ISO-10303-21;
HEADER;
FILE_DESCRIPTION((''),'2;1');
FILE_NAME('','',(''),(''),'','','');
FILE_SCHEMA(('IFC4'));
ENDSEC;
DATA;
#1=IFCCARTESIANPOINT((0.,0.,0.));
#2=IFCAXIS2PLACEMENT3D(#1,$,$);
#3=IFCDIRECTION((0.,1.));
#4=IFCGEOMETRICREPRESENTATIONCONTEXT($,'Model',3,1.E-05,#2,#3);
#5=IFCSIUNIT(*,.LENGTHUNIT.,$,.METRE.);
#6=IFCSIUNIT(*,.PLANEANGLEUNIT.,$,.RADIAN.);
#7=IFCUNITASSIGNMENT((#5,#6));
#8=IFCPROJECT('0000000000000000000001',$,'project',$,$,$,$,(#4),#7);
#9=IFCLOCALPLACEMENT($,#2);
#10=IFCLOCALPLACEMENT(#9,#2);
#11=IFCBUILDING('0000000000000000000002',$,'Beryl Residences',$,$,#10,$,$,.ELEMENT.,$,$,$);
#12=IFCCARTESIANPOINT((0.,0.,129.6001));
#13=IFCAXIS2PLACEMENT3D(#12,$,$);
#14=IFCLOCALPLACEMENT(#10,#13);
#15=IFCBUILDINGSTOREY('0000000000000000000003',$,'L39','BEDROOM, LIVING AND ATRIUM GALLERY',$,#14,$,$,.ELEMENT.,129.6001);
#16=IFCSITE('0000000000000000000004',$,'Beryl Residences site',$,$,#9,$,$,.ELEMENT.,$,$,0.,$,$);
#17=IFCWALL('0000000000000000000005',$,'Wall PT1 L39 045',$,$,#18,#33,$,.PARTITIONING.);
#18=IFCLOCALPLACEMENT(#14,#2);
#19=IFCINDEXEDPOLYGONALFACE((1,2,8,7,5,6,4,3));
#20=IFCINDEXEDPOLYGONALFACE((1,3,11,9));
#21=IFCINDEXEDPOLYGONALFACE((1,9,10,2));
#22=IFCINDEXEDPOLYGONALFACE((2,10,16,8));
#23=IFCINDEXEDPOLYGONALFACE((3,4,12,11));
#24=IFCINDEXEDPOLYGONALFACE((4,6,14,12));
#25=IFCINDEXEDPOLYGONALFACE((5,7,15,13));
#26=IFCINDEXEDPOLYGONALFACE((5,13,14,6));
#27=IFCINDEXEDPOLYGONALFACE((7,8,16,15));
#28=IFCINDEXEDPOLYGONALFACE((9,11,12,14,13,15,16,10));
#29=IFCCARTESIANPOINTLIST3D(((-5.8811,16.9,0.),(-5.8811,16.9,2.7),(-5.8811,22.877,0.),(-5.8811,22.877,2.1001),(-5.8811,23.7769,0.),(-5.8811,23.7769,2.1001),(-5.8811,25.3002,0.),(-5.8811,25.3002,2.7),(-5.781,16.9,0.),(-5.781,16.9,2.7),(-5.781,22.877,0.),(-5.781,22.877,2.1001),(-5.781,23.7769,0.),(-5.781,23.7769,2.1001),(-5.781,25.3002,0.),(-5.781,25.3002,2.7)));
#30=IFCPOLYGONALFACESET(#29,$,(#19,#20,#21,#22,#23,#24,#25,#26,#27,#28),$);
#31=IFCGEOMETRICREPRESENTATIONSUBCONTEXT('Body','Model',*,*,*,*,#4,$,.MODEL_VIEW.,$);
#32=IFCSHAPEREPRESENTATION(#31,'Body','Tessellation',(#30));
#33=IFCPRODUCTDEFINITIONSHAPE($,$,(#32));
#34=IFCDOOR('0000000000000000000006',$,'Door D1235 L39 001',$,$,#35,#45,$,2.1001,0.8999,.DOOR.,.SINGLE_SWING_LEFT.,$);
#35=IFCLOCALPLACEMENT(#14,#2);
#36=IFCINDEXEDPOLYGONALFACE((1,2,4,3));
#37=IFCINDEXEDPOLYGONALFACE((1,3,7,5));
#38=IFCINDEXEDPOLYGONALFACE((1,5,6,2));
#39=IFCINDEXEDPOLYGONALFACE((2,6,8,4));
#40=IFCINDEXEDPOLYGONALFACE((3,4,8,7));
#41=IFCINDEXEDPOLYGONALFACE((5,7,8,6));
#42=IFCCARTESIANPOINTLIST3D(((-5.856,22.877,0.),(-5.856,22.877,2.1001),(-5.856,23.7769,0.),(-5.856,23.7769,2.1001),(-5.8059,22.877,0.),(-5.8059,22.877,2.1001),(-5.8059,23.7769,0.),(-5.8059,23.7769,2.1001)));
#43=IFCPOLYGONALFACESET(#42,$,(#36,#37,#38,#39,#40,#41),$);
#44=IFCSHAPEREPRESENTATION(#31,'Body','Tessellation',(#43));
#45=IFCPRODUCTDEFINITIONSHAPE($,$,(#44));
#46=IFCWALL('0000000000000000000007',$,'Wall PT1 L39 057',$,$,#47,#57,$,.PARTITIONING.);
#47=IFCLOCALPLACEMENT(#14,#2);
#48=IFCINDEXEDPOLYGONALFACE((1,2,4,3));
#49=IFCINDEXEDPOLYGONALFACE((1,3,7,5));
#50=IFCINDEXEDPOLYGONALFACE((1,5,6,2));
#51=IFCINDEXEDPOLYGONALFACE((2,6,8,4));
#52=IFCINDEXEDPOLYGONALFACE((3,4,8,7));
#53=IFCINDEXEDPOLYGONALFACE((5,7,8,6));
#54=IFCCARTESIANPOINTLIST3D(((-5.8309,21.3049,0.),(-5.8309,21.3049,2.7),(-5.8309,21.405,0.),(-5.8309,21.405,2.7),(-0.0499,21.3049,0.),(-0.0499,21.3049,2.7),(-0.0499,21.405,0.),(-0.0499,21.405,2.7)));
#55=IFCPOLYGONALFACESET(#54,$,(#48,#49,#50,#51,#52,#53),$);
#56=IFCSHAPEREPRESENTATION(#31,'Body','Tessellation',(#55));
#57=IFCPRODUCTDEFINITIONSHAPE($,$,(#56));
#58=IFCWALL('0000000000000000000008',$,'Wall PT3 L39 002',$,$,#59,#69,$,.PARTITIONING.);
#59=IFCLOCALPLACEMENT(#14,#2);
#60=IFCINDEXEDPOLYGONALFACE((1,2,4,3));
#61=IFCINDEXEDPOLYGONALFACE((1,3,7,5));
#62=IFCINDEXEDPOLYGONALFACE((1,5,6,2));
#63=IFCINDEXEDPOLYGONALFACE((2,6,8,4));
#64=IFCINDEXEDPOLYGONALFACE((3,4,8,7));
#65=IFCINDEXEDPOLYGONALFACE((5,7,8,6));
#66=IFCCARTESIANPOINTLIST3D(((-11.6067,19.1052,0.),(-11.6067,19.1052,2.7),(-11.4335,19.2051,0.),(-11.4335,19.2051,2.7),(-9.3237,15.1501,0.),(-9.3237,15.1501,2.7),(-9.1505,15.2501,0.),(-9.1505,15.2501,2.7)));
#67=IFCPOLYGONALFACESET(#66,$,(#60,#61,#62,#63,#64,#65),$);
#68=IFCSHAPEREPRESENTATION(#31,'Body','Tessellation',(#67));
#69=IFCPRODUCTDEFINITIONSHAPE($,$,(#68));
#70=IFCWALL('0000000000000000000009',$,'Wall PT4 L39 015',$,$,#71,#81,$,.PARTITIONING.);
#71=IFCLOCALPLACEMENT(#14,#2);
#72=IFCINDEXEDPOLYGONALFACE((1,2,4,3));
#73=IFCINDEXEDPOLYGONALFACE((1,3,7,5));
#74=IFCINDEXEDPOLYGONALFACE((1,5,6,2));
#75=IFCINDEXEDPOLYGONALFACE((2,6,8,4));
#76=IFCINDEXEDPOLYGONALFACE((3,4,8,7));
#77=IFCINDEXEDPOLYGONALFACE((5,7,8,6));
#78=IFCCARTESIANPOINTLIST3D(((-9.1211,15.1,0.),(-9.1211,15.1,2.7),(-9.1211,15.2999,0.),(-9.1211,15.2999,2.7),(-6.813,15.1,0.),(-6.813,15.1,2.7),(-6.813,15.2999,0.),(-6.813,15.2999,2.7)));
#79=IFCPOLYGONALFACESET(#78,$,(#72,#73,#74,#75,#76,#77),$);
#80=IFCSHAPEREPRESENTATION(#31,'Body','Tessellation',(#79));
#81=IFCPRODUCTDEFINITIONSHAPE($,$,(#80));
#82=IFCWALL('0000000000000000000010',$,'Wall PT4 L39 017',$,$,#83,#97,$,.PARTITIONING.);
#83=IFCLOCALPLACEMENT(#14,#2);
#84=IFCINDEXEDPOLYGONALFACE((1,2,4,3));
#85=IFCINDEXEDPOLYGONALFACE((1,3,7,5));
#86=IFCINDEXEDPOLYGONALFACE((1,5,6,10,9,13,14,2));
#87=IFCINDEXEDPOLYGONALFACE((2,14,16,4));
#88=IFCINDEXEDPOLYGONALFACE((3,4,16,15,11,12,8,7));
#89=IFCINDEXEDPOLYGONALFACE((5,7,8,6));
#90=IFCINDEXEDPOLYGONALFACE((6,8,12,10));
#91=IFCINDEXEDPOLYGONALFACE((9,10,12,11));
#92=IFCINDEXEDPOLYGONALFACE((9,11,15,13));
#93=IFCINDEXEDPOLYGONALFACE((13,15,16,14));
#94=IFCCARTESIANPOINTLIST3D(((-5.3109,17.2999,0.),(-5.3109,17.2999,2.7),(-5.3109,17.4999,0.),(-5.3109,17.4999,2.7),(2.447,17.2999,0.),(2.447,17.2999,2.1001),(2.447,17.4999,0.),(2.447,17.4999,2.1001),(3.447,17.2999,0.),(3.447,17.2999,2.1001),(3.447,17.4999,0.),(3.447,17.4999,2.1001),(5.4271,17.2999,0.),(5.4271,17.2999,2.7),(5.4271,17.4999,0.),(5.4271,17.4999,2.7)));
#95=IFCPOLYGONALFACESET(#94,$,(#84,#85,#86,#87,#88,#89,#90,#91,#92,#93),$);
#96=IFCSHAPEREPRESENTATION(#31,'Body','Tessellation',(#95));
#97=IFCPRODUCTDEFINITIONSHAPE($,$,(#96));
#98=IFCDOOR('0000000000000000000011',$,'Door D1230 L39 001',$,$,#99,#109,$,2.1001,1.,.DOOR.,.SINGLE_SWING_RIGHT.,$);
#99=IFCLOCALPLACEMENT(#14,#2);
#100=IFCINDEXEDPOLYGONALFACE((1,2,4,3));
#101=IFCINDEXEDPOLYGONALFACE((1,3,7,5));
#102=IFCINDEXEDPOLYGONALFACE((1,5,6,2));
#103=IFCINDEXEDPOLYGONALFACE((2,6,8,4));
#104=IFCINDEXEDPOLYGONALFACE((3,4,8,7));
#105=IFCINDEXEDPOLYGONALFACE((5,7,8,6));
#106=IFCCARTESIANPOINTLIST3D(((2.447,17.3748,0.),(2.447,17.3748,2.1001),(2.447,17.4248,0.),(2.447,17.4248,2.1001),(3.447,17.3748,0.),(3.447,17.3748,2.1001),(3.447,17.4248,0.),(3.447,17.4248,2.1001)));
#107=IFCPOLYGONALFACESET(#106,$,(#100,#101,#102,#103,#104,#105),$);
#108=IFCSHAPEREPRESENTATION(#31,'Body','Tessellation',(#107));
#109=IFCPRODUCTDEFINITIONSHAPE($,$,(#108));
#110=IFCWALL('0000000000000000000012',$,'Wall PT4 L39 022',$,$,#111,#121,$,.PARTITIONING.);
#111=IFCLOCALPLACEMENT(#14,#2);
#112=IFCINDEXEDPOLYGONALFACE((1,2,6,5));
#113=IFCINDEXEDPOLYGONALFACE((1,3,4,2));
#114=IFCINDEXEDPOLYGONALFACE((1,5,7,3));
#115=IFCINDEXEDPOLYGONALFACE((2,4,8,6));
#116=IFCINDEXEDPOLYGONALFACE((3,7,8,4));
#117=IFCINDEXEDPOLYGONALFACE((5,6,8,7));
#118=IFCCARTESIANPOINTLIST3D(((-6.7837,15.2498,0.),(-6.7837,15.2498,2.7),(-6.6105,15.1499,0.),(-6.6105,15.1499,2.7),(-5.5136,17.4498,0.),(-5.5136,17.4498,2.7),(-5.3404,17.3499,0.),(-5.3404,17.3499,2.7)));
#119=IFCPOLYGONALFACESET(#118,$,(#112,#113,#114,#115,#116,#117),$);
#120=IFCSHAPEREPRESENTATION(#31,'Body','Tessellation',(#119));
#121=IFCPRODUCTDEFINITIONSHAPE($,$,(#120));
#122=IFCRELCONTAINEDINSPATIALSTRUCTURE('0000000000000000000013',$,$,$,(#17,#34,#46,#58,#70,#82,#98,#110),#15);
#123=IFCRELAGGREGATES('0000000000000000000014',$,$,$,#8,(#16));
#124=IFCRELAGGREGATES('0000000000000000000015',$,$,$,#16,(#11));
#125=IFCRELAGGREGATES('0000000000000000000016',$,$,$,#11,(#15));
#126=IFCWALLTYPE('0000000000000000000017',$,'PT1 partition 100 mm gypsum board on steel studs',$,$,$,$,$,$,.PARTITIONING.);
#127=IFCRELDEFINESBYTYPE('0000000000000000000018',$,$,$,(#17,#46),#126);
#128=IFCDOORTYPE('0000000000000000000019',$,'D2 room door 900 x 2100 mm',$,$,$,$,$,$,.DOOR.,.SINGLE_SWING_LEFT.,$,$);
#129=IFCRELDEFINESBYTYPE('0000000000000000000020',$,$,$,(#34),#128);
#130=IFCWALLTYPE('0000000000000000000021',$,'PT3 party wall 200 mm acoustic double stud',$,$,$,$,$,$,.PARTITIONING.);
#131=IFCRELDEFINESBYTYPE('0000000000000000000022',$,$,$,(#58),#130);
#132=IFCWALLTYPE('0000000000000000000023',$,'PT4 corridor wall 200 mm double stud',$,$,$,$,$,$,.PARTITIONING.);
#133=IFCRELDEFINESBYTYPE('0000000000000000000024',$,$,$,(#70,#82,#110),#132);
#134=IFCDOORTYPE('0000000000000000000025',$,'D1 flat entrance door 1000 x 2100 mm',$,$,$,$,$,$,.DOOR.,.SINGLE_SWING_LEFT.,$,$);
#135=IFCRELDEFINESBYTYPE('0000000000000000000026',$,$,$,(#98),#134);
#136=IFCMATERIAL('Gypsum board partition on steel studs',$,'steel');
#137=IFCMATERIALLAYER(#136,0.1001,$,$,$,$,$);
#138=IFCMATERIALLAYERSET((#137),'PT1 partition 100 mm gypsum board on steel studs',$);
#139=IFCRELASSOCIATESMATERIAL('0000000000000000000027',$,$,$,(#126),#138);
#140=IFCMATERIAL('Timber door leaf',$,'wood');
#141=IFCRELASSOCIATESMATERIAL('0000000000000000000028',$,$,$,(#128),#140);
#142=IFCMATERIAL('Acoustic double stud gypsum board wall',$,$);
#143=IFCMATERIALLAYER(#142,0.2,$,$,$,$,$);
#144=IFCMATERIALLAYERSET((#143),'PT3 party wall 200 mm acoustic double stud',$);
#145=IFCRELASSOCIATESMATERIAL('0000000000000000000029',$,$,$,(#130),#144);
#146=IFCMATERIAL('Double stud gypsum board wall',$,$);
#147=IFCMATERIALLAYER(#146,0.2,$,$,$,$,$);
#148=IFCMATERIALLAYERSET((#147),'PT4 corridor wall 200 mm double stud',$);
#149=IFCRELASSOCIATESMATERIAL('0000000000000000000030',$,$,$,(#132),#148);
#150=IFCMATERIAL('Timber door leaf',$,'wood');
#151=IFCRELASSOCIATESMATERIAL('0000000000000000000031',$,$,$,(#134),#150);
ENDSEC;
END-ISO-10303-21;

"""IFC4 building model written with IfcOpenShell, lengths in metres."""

from ifc_helpers import new_model, si_unit, direction, frame, frame_2d, origin, place, context, subcontext, project, spatial, rectangle, extrude, material, layer, layer_set, type_object, element, fill, save


model = new_model("IFC4")

# Units and contexts
model_context = context("Model", 3, precision=1e-05, world=origin(), true_north=direction((0.0, 1.0)))
body_context = subcontext(model_context, "Body", "Model", "MODEL_VIEW")
ifc_project = project(units=[si_unit("LENGTHUNIT", "METRE"), si_unit("PLANEANGLEUNIT", "RADIAN")], contexts=[model_context])

# Site, building, storey
site_placement = place(None, origin())
site = spatial("IfcSite", under=ifc_project, at=site_placement, Name="Beryl Residences site", CompositionType="ELEMENT", RefElevation=0.0)
building_placement = place(site_placement, origin())
building = spatial("IfcBuilding", under=site, at=building_placement, Name="Beryl Residences", CompositionType="ELEMENT")
storey_placement = place(building_placement, frame((0.0, 0.0, 129.6001)))
storey = spatial("IfcBuildingStorey", under=building, at=storey_placement, Name="L39", Description="BEDROOM, LIVING AND ATRIUM GALLERY", CompositionType="ELEMENT", Elevation=129.6001)

# Shared definitions
ifc_material_1 = material(Name="Gypsum board partition on steel studs", Category="steel")
ifc_layer_1 = layer(ifc_material_1, 0.1001)
ifc_layer_set_1 = layer_set([ifc_layer_1], Name="PT1 partition 100 mm gypsum board on steel studs")
wall_type_1 = type_object("IfcWallType", Name="PT1 partition 100 mm gypsum board on steel studs", PredefinedType="PARTITIONING", material=ifc_layer_set_1)

# Wall, opening, door
wall_1_placement = place(storey_placement, frame((-5.8311, 16.8999, 0.0), z_axis=(0.0, 0.0, 1.0), x_axis=(0.0, 1.0, 0.0)))
wall_1 = element("IfcWall", 1, at=wall_1_placement, inside=storey, type_object=wall_type_1, Name="Wall PT1 L39 045", PredefinedType="PARTITIONING", context=body_context, shape_type="SweptSolid", body=[
    extrude(rectangle(XDim=8.4001, YDim=0.1001, at=frame_2d((4.2002, 0.0))), origin(), (0.0, 0.0, 1.0), 2.7),
])
opening_1_placement = place(wall_1_placement, frame((5.9771, 0.0, 0.0)))
opening_1 = element("IfcOpeningElement", 2, at=opening_1_placement, cuts=wall_1, PredefinedType="OPENING", context=body_context, shape_type="SweptSolid", body=[
    extrude(rectangle(XDim=0.8999, YDim=2.1001, at=frame_2d((0.45, 1.05))), frame((0.0, 0.0601, 0.0), z_axis=(0.0, -1.0, 0.0), x_axis=(1.0, 0.0, 0.0)), (0.0, 0.0, 1.0), 0.1201),
])
ifc_material_2 = material(Name="Timber door leaf", Category="wood")
door_type_1 = type_object("IfcDoorType", Name="D2 room door 900 x 2100 mm", OperationType="SINGLE_SWING_LEFT", PredefinedType="DOOR", material=ifc_material_2)
door_1_placement = place(opening_1_placement, origin())
door_1 = element("IfcDoor", 3, at=door_1_placement, inside=storey, type_object=door_type_1, Name="Door D1235 L39 001", OperationType="SINGLE_SWING_LEFT", OverallHeight=2.1001, OverallWidth=0.8999, PredefinedType="DOOR", context=body_context, shape_type="SweptSolid", body=[
    extrude(rectangle(XDim=0.8999, YDim=2.1001, at=frame_2d((0.45, 1.05))), frame((0.0, 0.0249, 0.0), z_axis=(0.0, -1.0, 0.0), x_axis=(1.0, 0.0, 0.0)), (0.0, 0.0, 1.0), 0.05),
])
fill(opening_1, door_1)

# Walls
wall_2_placement = place(storey_placement, frame((-5.8311, 21.355, 0.0), z_axis=(0.0, 0.0, 1.0), x_axis=(1.0, 0.0, 0.0)))
element("IfcWall", 4, at=wall_2_placement, inside=storey, type_object=wall_type_1, Name="Wall PT1 L39 057", PredefinedType="PARTITIONING", context=body_context, shape_type="SweptSolid", body=[
    extrude(rectangle(XDim=5.781, YDim=0.1001, at=frame_2d((2.8906, 0.0))), origin(), (0.0, 0.0, 1.0), 2.7),
])
ifc_material_3 = material(Name="Acoustic double stud gypsum board wall")
ifc_layer_2 = layer(ifc_material_3, 0.2)
ifc_layer_set_2 = layer_set([ifc_layer_2], Name="PT3 party wall 200 mm acoustic double stud")
wall_type_2 = type_object("IfcWallType", Name="PT3 party wall 200 mm acoustic double stud", PredefinedType="PARTITIONING", material=ifc_layer_set_2)
wall_3_placement = place(storey_placement, frame((-11.52, 19.155, 0.0), z_axis=(0.0, 0.0, 1.0), x_axis=(0.499917, -0.866073, 0.0)))
element("IfcWall", 5, at=wall_3_placement, inside=storey, type_object=wall_type_2, Name="Wall PT3 L39 002", PredefinedType="PARTITIONING", context=body_context, shape_type="SweptSolid", body=[
    extrude(rectangle(XDim=4.5667, YDim=0.2, at=frame_2d((2.2832, 0.0))), origin(), (0.0, 0.0, 1.0), 2.7),
])
ifc_material_4 = material(Name="Double stud gypsum board wall")
ifc_layer_3 = layer(ifc_material_4, 0.2)
ifc_layer_set_3 = layer_set([ifc_layer_3], Name="PT4 corridor wall 200 mm double stud")
wall_type_3 = type_object("IfcWallType", Name="PT4 corridor wall 200 mm double stud", PredefinedType="PARTITIONING", material=ifc_layer_set_3)
wall_4_placement = place(storey_placement, frame((-9.1211, 15.2, 0.0), z_axis=(0.0, 0.0, 1.0), x_axis=(1.0, 0.0, 0.0)))
element("IfcWall", 6, at=wall_4_placement, inside=storey, type_object=wall_type_3, Name="Wall PT4 L39 015", PredefinedType="PARTITIONING", context=body_context, shape_type="SweptSolid", body=[
    extrude(rectangle(XDim=2.3081, YDim=0.2, at=frame_2d((1.1541, 0.0))), origin(), (0.0, 0.0, 1.0), 2.7),
])

# Wall, opening, door
wall_5_placement = place(storey_placement, frame((-5.311, 17.3999, 0.0), z_axis=(0.0, 0.0, 1.0), x_axis=(1.0, 0.0, 0.0)))
wall_5 = element("IfcWall", 7, at=wall_5_placement, inside=storey, type_object=wall_type_3, Name="Wall PT4 L39 017", PredefinedType="PARTITIONING", context=body_context, shape_type="SweptSolid", body=[
    extrude(rectangle(XDim=10.738, YDim=0.2, at=frame_2d((5.3691, 0.0))), origin(), (0.0, 0.0, 1.0), 2.7),
])
opening_2_placement = place(wall_5_placement, frame((7.7581, 0.0, 0.0)))
opening_2 = element("IfcOpeningElement", 8, at=opening_2_placement, cuts=wall_5, PredefinedType="OPENING", context=body_context, shape_type="SweptSolid", body=[
    extrude(rectangle(XDim=1.0, YDim=2.1001, at=frame_2d((0.5, 1.05))), frame((0.0, 0.1099, 0.0), z_axis=(0.0, -1.0, 0.0), x_axis=(1.0, 0.0, 0.0)), (0.0, 0.0, 1.0), 0.22),
])
ifc_material_5 = material(Name="Timber door leaf", Category="wood")
door_type_2 = type_object("IfcDoorType", Name="D1 flat entrance door 1000 x 2100 mm", OperationType="SINGLE_SWING_LEFT", PredefinedType="DOOR", material=ifc_material_5)
door_2_placement = place(opening_2_placement, origin())
door_2 = element("IfcDoor", 9, at=door_2_placement, inside=storey, type_object=door_type_2, Name="Door D1230 L39 001", OperationType="SINGLE_SWING_RIGHT", OverallHeight=2.1001, OverallWidth=1.0, PredefinedType="DOOR", context=body_context, shape_type="SweptSolid", body=[
    extrude(rectangle(XDim=1.0, YDim=2.1001, at=frame_2d((0.5, 1.05))), frame((0.0, 0.0249, 0.0), z_axis=(0.0, -1.0, 0.0), x_axis=(1.0, 0.0, 0.0)), (0.0, 0.0, 1.0), 0.05),
])
fill(opening_2, door_2)

# Wall
wall_6_placement = place(storey_placement, frame((-6.697, 15.2, 0.0), z_axis=(0.0, 0.0, 1.0), x_axis=(0.499964, 0.866046, 0.0)))
element("IfcWall", 10, at=wall_6_placement, inside=storey, type_object=wall_type_3, Name="Wall PT4 L39 022", PredefinedType="PARTITIONING", context=body_context, shape_type="SweptSolid", body=[
    extrude(rectangle(XDim=2.5403, YDim=0.2, at=frame_2d((1.27, 0.0))), origin(), (0.0, 0.0, 1.0), 2.7),
])

save(model, "model.ifc")
